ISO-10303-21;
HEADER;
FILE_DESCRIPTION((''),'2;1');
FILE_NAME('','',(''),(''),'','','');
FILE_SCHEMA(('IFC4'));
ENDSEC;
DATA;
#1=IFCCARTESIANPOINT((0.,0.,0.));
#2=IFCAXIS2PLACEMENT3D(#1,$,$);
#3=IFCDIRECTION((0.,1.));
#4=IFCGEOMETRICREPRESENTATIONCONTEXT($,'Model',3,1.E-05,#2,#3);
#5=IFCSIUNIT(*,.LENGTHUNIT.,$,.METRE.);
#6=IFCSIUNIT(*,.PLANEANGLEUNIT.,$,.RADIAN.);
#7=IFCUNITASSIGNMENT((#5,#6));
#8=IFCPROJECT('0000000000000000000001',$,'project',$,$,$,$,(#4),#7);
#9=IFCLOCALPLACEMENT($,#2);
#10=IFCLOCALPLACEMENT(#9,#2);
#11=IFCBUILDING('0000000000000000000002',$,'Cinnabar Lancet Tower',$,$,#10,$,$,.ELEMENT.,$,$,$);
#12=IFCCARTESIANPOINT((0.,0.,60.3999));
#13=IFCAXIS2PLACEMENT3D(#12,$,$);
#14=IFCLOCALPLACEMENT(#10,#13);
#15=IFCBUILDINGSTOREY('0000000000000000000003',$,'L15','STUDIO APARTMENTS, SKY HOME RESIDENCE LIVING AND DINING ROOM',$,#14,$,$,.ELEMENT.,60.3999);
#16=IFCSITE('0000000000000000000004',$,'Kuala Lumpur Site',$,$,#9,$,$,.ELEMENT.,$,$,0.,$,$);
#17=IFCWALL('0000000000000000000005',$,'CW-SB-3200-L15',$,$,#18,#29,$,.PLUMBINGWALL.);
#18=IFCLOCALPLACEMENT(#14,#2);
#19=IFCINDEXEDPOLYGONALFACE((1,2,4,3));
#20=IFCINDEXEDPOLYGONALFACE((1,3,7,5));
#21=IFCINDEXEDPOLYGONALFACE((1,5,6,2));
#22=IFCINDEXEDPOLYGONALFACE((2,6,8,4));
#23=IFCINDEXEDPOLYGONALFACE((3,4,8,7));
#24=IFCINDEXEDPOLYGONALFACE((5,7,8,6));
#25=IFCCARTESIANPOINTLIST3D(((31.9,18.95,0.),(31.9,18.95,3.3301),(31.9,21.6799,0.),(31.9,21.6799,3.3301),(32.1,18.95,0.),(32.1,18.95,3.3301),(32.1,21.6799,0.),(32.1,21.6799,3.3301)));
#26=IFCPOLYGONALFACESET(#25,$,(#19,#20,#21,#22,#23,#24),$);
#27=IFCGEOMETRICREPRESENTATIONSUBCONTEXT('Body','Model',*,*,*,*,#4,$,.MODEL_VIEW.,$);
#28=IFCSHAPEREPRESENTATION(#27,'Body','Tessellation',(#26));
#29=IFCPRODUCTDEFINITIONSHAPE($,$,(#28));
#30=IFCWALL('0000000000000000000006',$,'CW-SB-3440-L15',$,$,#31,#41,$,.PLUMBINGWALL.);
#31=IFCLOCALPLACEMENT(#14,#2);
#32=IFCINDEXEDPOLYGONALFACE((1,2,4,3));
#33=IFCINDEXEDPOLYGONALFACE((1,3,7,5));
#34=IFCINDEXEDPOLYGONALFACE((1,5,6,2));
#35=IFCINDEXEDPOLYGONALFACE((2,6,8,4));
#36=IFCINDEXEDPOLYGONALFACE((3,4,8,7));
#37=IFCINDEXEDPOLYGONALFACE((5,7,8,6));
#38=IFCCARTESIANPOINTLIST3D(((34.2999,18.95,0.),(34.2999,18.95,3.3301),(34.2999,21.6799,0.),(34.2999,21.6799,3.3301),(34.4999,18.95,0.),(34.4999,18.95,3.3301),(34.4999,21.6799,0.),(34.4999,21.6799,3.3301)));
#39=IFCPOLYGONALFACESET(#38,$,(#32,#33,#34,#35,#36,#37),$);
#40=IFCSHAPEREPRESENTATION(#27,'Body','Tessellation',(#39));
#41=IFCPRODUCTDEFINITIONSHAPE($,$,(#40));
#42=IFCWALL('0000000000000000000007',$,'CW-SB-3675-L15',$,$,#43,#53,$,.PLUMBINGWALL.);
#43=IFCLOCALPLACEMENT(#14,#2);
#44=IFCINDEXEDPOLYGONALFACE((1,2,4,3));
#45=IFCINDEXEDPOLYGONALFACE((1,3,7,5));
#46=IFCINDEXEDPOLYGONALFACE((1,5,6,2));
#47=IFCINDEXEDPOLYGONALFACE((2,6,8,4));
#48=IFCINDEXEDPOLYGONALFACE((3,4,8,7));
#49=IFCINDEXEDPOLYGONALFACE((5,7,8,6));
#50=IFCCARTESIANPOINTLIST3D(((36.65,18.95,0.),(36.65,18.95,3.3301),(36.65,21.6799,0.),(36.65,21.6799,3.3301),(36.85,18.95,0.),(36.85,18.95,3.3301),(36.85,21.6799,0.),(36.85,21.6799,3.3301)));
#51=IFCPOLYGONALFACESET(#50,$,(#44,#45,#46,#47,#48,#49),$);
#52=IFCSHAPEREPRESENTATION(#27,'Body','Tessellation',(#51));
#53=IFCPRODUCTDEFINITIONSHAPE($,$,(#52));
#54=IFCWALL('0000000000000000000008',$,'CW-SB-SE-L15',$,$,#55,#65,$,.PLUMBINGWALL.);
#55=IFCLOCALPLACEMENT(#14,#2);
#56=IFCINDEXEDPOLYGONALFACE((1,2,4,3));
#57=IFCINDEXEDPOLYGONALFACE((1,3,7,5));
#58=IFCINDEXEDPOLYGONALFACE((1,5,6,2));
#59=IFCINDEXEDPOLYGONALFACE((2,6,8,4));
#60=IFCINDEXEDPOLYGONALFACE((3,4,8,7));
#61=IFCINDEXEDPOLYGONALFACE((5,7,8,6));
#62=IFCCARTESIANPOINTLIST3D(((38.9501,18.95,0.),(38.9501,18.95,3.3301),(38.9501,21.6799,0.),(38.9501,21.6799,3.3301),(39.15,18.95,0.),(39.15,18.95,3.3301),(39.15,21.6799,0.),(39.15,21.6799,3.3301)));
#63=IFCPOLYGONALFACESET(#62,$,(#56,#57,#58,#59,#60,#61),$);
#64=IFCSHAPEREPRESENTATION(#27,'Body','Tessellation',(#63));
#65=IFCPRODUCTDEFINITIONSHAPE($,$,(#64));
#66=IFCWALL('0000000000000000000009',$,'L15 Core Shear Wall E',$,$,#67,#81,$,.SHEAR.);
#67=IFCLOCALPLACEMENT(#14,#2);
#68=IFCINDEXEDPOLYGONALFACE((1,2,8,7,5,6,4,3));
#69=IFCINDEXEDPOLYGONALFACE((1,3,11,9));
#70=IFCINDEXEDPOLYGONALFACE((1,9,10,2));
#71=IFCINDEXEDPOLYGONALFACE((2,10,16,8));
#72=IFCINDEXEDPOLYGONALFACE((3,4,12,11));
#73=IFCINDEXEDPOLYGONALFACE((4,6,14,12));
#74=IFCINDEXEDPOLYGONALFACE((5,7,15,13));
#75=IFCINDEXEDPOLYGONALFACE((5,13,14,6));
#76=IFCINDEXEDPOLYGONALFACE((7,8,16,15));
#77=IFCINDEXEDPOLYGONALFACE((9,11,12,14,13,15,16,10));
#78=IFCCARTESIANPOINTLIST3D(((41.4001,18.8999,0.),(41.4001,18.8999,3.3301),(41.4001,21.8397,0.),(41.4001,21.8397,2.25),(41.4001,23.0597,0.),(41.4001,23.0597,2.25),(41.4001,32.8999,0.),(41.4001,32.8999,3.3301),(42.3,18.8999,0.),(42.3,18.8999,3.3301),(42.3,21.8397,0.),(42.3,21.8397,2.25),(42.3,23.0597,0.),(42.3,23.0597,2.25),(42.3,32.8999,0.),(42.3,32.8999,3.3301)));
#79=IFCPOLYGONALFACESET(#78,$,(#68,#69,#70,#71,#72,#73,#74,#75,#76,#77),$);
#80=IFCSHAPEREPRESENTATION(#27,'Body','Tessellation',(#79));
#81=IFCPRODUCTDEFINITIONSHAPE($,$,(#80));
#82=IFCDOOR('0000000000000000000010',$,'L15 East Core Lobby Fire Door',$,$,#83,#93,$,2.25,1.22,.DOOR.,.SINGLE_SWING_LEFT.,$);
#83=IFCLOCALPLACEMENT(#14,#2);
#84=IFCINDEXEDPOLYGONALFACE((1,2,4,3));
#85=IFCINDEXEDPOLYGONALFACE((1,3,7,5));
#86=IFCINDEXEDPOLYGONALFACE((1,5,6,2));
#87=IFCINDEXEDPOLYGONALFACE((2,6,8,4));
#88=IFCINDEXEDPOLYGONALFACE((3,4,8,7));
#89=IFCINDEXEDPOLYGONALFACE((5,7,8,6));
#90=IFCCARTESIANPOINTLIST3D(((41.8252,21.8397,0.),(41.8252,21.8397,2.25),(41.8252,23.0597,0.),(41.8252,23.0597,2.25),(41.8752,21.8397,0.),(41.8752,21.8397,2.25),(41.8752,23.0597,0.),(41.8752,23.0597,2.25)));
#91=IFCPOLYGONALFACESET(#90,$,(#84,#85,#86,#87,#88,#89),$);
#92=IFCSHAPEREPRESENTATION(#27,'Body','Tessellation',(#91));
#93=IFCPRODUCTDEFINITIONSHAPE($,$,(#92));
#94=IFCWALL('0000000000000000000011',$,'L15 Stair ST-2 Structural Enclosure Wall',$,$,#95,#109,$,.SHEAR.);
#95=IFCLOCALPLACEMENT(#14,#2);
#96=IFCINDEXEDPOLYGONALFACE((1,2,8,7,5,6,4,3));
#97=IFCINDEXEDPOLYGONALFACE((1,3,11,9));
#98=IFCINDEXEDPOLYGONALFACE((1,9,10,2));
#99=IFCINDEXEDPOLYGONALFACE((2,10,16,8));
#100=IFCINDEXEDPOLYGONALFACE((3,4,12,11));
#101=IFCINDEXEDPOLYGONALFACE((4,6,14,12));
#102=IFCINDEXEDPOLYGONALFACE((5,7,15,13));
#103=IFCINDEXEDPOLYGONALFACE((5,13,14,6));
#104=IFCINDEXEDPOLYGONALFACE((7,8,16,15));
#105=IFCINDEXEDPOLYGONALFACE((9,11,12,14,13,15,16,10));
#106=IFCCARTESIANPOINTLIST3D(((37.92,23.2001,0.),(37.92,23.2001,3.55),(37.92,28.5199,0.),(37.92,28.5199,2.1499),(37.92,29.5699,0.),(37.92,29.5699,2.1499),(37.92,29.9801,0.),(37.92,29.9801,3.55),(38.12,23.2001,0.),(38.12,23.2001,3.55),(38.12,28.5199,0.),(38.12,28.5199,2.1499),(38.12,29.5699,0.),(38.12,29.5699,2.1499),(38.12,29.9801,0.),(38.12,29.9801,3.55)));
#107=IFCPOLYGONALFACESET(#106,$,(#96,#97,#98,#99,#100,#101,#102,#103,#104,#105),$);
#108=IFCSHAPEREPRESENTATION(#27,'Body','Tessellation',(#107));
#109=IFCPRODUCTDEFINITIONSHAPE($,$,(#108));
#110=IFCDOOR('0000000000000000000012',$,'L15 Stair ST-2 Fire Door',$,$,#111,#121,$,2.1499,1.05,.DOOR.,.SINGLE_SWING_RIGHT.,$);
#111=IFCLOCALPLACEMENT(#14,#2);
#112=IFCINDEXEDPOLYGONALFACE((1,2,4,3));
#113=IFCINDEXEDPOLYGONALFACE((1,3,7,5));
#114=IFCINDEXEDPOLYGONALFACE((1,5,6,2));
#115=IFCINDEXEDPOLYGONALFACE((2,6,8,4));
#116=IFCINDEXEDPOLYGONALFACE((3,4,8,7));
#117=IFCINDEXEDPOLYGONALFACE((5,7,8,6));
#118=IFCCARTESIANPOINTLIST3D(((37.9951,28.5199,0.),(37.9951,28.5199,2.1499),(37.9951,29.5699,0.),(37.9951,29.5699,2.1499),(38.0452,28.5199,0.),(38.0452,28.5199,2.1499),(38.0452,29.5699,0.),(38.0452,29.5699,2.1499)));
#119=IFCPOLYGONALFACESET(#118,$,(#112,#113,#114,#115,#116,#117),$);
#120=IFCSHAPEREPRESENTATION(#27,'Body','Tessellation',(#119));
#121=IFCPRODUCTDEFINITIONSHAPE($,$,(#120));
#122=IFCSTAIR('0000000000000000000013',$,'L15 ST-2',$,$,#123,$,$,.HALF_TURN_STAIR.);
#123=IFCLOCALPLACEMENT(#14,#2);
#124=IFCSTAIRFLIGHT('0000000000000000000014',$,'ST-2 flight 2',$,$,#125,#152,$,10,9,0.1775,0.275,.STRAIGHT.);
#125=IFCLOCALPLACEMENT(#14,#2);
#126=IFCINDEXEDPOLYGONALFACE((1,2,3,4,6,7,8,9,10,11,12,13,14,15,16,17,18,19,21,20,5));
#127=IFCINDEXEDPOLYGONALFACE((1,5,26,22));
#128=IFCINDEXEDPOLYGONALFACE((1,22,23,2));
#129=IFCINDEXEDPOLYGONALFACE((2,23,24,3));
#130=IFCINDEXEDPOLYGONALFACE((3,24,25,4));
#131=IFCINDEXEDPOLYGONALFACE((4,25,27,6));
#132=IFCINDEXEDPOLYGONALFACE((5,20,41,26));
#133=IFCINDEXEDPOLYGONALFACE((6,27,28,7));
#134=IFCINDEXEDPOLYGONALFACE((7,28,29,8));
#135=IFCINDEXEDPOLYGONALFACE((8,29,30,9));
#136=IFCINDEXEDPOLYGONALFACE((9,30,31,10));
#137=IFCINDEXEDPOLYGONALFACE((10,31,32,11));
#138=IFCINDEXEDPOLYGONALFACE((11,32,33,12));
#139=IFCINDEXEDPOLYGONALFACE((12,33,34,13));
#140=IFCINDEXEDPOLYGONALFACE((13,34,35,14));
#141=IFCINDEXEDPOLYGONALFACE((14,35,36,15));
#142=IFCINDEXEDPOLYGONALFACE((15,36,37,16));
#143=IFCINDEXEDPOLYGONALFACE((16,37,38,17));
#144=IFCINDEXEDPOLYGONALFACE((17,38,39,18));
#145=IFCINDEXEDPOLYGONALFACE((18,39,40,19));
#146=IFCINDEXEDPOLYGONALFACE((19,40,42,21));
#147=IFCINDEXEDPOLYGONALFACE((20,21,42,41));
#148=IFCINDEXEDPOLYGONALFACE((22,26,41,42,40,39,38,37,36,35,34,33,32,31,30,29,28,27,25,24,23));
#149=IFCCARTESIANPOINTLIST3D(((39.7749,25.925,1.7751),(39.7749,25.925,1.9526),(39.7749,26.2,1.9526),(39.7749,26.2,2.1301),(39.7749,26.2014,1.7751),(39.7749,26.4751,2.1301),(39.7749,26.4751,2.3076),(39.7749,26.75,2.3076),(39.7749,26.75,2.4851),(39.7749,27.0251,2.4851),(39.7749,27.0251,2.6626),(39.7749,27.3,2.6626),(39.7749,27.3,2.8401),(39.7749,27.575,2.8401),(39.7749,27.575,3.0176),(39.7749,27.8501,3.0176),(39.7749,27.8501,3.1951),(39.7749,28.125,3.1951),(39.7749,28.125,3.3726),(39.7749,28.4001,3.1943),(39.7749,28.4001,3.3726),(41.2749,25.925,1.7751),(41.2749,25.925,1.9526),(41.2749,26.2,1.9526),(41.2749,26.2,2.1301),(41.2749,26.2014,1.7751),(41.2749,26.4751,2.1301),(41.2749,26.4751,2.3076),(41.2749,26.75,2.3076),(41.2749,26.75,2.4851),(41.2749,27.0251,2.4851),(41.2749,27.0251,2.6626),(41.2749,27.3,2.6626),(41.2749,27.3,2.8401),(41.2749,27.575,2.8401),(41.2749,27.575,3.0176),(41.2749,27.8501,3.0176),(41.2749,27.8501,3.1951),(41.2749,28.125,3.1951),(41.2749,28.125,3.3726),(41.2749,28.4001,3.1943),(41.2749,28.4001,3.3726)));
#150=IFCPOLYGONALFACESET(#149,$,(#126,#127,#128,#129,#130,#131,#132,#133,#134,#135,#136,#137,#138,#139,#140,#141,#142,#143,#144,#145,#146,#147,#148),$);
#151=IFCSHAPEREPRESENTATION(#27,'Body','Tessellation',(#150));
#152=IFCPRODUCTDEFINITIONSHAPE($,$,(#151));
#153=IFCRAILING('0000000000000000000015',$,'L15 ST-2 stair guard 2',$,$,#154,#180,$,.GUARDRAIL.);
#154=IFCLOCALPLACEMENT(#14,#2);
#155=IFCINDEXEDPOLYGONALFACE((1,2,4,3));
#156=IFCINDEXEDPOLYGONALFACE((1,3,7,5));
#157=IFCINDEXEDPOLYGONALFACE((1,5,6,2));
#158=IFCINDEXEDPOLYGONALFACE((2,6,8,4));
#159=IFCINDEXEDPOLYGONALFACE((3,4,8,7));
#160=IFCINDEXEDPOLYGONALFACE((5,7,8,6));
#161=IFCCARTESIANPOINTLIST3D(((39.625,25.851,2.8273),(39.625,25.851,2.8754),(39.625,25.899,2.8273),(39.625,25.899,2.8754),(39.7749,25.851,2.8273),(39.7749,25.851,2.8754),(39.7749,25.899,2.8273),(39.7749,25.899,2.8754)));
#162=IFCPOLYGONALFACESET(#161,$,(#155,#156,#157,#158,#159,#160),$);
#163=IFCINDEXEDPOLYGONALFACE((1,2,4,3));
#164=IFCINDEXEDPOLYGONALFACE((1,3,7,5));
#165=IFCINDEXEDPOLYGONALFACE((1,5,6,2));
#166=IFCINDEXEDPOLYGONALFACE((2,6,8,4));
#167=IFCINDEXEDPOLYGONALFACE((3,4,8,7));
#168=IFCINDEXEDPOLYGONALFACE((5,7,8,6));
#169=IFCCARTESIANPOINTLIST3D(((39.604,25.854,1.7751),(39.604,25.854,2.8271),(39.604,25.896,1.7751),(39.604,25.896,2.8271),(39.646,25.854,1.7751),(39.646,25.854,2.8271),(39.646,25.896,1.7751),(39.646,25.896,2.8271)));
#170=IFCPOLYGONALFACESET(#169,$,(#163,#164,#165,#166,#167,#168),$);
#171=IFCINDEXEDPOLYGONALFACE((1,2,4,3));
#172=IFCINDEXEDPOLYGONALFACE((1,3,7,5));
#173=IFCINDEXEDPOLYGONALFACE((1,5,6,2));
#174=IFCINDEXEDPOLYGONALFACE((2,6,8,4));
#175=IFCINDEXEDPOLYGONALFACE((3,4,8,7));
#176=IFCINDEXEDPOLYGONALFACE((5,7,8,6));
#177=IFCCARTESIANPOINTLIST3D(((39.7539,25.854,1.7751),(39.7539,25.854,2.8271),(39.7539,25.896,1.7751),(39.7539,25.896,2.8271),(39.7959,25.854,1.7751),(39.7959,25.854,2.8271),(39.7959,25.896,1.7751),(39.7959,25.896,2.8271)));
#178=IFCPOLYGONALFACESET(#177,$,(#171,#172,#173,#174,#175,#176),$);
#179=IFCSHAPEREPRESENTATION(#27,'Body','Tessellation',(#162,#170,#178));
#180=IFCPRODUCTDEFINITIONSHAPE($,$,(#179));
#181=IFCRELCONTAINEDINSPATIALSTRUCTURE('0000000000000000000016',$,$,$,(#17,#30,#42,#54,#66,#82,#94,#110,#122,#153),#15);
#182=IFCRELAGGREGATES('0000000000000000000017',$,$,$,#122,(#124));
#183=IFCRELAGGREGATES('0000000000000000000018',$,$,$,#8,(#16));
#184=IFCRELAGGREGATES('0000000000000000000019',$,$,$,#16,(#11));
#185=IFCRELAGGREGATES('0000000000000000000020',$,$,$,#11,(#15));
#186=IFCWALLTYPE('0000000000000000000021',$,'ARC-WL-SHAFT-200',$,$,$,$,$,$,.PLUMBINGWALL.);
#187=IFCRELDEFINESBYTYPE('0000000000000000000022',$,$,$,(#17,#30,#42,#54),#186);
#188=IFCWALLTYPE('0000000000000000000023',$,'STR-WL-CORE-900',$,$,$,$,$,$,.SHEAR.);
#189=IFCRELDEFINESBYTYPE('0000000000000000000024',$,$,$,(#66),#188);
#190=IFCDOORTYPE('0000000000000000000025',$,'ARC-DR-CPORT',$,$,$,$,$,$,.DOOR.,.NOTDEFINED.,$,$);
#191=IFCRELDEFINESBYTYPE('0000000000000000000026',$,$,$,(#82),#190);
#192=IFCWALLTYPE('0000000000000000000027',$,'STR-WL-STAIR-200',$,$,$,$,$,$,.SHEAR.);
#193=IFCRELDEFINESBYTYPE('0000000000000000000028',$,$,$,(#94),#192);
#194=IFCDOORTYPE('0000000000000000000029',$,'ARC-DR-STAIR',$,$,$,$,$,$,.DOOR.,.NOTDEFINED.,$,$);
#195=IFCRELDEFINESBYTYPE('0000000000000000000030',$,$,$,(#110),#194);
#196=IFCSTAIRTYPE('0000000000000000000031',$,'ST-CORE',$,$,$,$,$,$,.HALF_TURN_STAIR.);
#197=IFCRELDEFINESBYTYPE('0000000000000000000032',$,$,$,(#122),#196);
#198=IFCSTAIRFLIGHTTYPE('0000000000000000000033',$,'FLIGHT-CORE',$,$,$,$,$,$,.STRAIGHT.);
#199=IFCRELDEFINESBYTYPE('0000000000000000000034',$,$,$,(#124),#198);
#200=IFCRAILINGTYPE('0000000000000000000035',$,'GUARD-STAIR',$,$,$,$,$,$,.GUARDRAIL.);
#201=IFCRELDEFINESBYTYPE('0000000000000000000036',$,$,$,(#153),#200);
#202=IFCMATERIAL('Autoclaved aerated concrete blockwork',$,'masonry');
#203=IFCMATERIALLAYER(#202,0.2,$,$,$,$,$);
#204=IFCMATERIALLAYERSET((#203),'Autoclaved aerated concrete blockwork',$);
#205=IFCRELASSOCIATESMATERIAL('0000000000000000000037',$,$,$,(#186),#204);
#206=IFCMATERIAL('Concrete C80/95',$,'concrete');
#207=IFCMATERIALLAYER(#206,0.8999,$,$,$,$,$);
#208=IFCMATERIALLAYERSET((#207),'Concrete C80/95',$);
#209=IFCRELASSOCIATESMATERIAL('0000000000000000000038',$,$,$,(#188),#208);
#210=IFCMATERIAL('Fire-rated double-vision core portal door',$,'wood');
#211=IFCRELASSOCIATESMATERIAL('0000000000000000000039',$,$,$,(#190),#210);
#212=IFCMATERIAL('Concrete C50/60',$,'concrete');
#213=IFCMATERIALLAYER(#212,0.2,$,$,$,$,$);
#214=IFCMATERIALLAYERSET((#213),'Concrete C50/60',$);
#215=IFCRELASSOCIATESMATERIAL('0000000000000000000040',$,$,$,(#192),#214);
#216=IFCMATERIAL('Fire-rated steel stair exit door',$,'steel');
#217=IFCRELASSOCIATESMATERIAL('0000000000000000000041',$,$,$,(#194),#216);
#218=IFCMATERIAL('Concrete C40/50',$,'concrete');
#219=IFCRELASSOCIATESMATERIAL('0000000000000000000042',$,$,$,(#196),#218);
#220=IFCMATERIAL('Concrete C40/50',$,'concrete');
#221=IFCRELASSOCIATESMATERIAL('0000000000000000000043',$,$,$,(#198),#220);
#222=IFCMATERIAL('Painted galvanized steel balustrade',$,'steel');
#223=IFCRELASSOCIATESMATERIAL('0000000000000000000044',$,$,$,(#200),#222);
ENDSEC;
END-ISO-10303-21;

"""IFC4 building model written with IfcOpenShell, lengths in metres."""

from ifc_helpers import new_model, si_unit, direction, frame, frame_2d, origin, origin_2d, place, context, subcontext, project, spatial, polyline, rectangle, outline, extrude, material, layer, layer_set, type_object, element, fill, aggregate, save


model = new_model("IFC4")

# Units and contexts
model_context = context("Model", 3, precision=1e-05, world=origin(), true_north=direction((0.0, 1.0)))
body_context = subcontext(model_context, "Body", "Model", "MODEL_VIEW")
ifc_project = project(units=[si_unit("LENGTHUNIT", "METRE"), si_unit("PLANEANGLEUNIT", "RADIAN")], contexts=[model_context])

# Site, building, storey
site_placement = place(None, origin())
site = spatial("IfcSite", under=ifc_project, at=site_placement, Name="Kuala Lumpur Site", CompositionType="ELEMENT", RefElevation=0.0)
building_placement = place(site_placement, origin())
building = spatial("IfcBuilding", under=site, at=building_placement, Name="Cinnabar Lancet Tower", CompositionType="ELEMENT")
storey_placement = place(building_placement, frame((0.0, 0.0, 60.3999)))
storey = spatial("IfcBuildingStorey", under=building, at=storey_placement, Name="L15", Description="STUDIO APARTMENTS, SKY HOME RESIDENCE LIVING AND DINING ROOM", CompositionType="ELEMENT", Elevation=60.3999)

# Shared definitions
ifc_material_1 = material(Name="Autoclaved aerated concrete blockwork", Category="masonry")
ifc_layer_1 = layer(ifc_material_1, 0.2)
ifc_layer_set_1 = layer_set([ifc_layer_1], Name="Autoclaved aerated concrete blockwork")
wall_type_1 = type_object("IfcWallType", Name="ARC-WL-SHAFT-200", PredefinedType="PLUMBINGWALL", material=ifc_layer_set_1)

# Walls
for number, where, z_axis, x_axis, name in (
    (1, (32.0, 18.95, 0.0), (0.0, 0.0, 1.0), (0.0, 1.0, 0.0), "CW-SB-3200-L15"),
    (2, (34.3999, 18.95, 0.0), (0.0, 0.0, 1.0), (0.0, 1.0, 0.0), "CW-SB-3440-L15"),
    (3, (36.75, 18.95, 0.0), (0.0, 0.0, 1.0), (0.0, 1.0, 0.0), "CW-SB-3675-L15"),
    (4, (39.05, 18.95, 0.0), (0.0, 0.0, 1.0), (0.0, 1.0, 0.0), "CW-SB-SE-L15"),
):
    element("IfcWall", number, at=place(storey_placement, frame(where, z_axis=z_axis, x_axis=x_axis)), inside=storey, type_object=wall_type_1, Name=name, PredefinedType="PLUMBINGWALL", context=body_context, shape_type="SweptSolid", body=[
        extrude(rectangle(XDim=2.73, YDim=0.2, at=frame_2d((1.365, 0.0))), origin(), (0.0, 0.0, 1.0), 3.3301),
    ])

# Walls, openings, doors
ifc_material_2 = material(Name="Concrete C80/95", Category="concrete")
ifc_layer_2 = layer(ifc_material_2, 0.8999)
ifc_layer_set_2 = layer_set([ifc_layer_2], Name="Concrete C80/95")
wall_type_2 = type_object("IfcWallType", Name="STR-WL-CORE-900", PredefinedType="SHEAR", material=ifc_layer_set_2)
wall_1_placement = place(storey_placement, frame((41.8501, 18.8999, 0.0), z_axis=(0.0, 0.0, 1.0), x_axis=(0.0, 1.0, 0.0)))
wall_1 = element("IfcWall", 5, at=wall_1_placement, inside=storey, type_object=wall_type_2, Name="L15 Core Shear Wall E", PredefinedType="SHEAR", context=body_context, shape_type="SweptSolid", body=[
    extrude(rectangle(XDim=14.0, YDim=0.8999, at=frame_2d((7.0, 0.0))), origin(), (0.0, 0.0, 1.0), 3.3301),
])
opening_1_placement = place(wall_1_placement, frame((2.9399, 0.0, 0.0)))
opening_1 = element("IfcOpeningElement", 6, at=opening_1_placement, cuts=wall_1, PredefinedType="OPENING", context=body_context, shape_type="SweptSolid", body=[
    extrude(rectangle(XDim=1.22, YDim=2.25, at=frame_2d((0.6099, 1.125))), frame((0.0, 0.46, 0.0), z_axis=(0.0, -1.0, 0.0), x_axis=(1.0, 0.0, 0.0)), (0.0, 0.0, 1.0), 0.9199),
])
ifc_material_3 = material(Name="Fire-rated double-vision core portal door", Category="wood")
door_type_1 = type_object("IfcDoorType", Name="ARC-DR-CPORT", OperationType="NOTDEFINED", PredefinedType="DOOR", material=ifc_material_3)
door_1_placement = place(opening_1_placement, origin())
door_1 = element("IfcDoor", 7, at=door_1_placement, inside=storey, type_object=door_type_1, Name="L15 East Core Lobby Fire Door", OperationType="SINGLE_SWING_LEFT", OverallHeight=2.25, OverallWidth=1.22, PredefinedType="DOOR", context=body_context, shape_type="SweptSolid", body=[
    extrude(rectangle(XDim=1.22, YDim=2.25, at=frame_2d((0.6099, 1.125))), frame((0.0, 0.0249, 0.0), z_axis=(0.0, -1.0, 0.0), x_axis=(1.0, 0.0, 0.0)), (0.0, 0.0, 1.0), 0.05),
])
fill(opening_1, door_1)
ifc_material_4 = material(Name="Concrete C50/60", Category="concrete")
ifc_layer_3 = layer(ifc_material_4, 0.2)
ifc_layer_set_3 = layer_set([ifc_layer_3], Name="Concrete C50/60")
wall_type_3 = type_object("IfcWallType", Name="STR-WL-STAIR-200", PredefinedType="SHEAR", material=ifc_layer_set_3)
wall_2_placement = place(storey_placement, frame((38.02, 23.2, 0.0), z_axis=(0.0, 0.0, 1.0), x_axis=(0.0, 1.0, 0.0)))
wall_2 = element("IfcWall", 8, at=wall_2_placement, inside=storey, type_object=wall_type_3, Name="L15 Stair ST-2 Structural Enclosure Wall", PredefinedType="SHEAR", context=body_context, shape_type="SweptSolid", body=[
    extrude(rectangle(XDim=6.78, YDim=0.2, at=frame_2d((3.3901, 0.0))), origin(), (0.0, 0.0, 1.0), 3.55),
])
opening_2_placement = place(wall_2_placement, frame((5.3201, 0.0, 0.0)))
opening_2 = element("IfcOpeningElement", 9, at=opening_2_placement, cuts=wall_2, PredefinedType="OPENING", context=body_context, shape_type="SweptSolid", body=[
    extrude(rectangle(XDim=1.05, YDim=2.1499, at=frame_2d((0.5249, 1.075))), frame((0.0, 0.1099, 0.0), z_axis=(0.0, -1.0, 0.0), x_axis=(1.0, 0.0, 0.0)), (0.0, 0.0, 1.0), 0.22),
])
ifc_material_5 = material(Name="Fire-rated steel stair exit door", Category="steel")
door_type_2 = type_object("IfcDoorType", Name="ARC-DR-STAIR", OperationType="NOTDEFINED", PredefinedType="DOOR", material=ifc_material_5)
door_2_placement = place(opening_2_placement, origin())
door_2 = element("IfcDoor", 10, at=door_2_placement, inside=storey, type_object=door_type_2, Name="L15 Stair ST-2 Fire Door", OperationType="SINGLE_SWING_RIGHT", OverallHeight=2.1499, OverallWidth=1.05, PredefinedType="DOOR", context=body_context, shape_type="SweptSolid", body=[
    extrude(rectangle(XDim=1.05, YDim=2.1499, at=frame_2d((0.5249, 1.075))), frame((0.0, 0.0249, 0.0), z_axis=(0.0, -1.0, 0.0), x_axis=(1.0, 0.0, 0.0)), (0.0, 0.0, 1.0), 0.05),
])
fill(opening_2, door_2)

# Stair, stair flight
ifc_material_6 = material(Name="Concrete C40/50", Category="concrete")
stair_type = type_object("IfcStairType", Name="ST-CORE", PredefinedType="HALF_TURN_STAIR", material=ifc_material_6)
stair_placement = place(storey_placement, origin())
stair = element("IfcStair", 11, at=stair_placement, inside=storey, type_object=stair_type, Name="L15 ST-2", PredefinedType="HALF_TURN_STAIR")
ifc_material_7 = material(Name="Concrete C40/50", Category="concrete")
stair_flight_type = type_object("IfcStairFlightType", Name="FLIGHT-CORE", PredefinedType="STRAIGHT", material=ifc_material_7)
stair_flight_placement = place(storey_placement, frame((40.5249, 25.925, 1.7751), z_axis=(0.0, 0.0, 1.0), x_axis=(0.0, 1.0, 0.0)))
stair_flight = element("IfcStairFlight", 12, at=stair_flight_placement, type_object=stair_flight_type, Name="ST-2 flight 2", NumberOfRisers=10, NumberOfTreads=9, PredefinedType="STRAIGHT", RiserHeight=0.1775, TreadLength=0.275, context=body_context, shape_type="SweptSolid", body=[
    extrude(outline(polyline([(0.0, 0.0), (0.0, 0.1775), (0.2749, 0.1775), (0.2749, 0.355), (0.55, 0.355), (0.55, 0.5325), (0.825, 0.5325), (0.825, 0.71), (1.1001, 0.71), (1.1001, 0.8875), (1.375, 0.8875), (1.375, 1.0649), (1.6499, 1.0649), (1.6499, 1.2424), (1.925, 1.2424), (1.925, 1.4199), (2.2, 1.4199), (2.2, 1.5974), (2.4751, 1.5974), (2.4751, 1.7749), (2.4751, 1.4192), (0.2764, 0.0), (0.0, 0.0)])), frame((0.0, 0.75, 0.0), z_axis=(0.0, -1.0, 0.0), x_axis=(1.0, 0.0, 0.0)), (0.0, 0.0, 1.0), 1.5),
])
aggregate(stair, [stair_flight])

# Railing
ifc_material_8 = material(Name="Painted galvanized steel balustrade", Category="steel")
railing_type = type_object("IfcRailingType", Name="GUARD-STAIR", PredefinedType="GUARDRAIL", material=ifc_material_8)
railing_1_placement = place(storey_placement, frame((39.625, 25.875, 1.7751)))
element("IfcRailing", 13, at=railing_1_placement, inside=storey, type_object=railing_type, Name="L15 ST-2 stair guard 2", PredefinedType="GUARDRAIL", context=body_context, shape_type="SweptSolid", body=[
    extrude(rectangle(XDim=0.0481, YDim=0.0481, at=origin_2d()), frame((0.0, 0.0, 1.0762), z_axis=(1.0, 0.0, 0.0), x_axis=(0.0, 1.0, 0.0)), (0.0, 0.0, 1.0), 0.1499),
    extrude(rectangle(XDim=0.042, YDim=0.042, at=origin_2d()), origin(), (0.0, 0.0, 1.0), 1.052),
    extrude(rectangle(XDim=0.042, YDim=0.042, at=origin_2d()), frame((0.1499, 0.0, 0.0)), (0.0, 0.0, 1.0), 1.052),
])

save(model, "model.ifc")
